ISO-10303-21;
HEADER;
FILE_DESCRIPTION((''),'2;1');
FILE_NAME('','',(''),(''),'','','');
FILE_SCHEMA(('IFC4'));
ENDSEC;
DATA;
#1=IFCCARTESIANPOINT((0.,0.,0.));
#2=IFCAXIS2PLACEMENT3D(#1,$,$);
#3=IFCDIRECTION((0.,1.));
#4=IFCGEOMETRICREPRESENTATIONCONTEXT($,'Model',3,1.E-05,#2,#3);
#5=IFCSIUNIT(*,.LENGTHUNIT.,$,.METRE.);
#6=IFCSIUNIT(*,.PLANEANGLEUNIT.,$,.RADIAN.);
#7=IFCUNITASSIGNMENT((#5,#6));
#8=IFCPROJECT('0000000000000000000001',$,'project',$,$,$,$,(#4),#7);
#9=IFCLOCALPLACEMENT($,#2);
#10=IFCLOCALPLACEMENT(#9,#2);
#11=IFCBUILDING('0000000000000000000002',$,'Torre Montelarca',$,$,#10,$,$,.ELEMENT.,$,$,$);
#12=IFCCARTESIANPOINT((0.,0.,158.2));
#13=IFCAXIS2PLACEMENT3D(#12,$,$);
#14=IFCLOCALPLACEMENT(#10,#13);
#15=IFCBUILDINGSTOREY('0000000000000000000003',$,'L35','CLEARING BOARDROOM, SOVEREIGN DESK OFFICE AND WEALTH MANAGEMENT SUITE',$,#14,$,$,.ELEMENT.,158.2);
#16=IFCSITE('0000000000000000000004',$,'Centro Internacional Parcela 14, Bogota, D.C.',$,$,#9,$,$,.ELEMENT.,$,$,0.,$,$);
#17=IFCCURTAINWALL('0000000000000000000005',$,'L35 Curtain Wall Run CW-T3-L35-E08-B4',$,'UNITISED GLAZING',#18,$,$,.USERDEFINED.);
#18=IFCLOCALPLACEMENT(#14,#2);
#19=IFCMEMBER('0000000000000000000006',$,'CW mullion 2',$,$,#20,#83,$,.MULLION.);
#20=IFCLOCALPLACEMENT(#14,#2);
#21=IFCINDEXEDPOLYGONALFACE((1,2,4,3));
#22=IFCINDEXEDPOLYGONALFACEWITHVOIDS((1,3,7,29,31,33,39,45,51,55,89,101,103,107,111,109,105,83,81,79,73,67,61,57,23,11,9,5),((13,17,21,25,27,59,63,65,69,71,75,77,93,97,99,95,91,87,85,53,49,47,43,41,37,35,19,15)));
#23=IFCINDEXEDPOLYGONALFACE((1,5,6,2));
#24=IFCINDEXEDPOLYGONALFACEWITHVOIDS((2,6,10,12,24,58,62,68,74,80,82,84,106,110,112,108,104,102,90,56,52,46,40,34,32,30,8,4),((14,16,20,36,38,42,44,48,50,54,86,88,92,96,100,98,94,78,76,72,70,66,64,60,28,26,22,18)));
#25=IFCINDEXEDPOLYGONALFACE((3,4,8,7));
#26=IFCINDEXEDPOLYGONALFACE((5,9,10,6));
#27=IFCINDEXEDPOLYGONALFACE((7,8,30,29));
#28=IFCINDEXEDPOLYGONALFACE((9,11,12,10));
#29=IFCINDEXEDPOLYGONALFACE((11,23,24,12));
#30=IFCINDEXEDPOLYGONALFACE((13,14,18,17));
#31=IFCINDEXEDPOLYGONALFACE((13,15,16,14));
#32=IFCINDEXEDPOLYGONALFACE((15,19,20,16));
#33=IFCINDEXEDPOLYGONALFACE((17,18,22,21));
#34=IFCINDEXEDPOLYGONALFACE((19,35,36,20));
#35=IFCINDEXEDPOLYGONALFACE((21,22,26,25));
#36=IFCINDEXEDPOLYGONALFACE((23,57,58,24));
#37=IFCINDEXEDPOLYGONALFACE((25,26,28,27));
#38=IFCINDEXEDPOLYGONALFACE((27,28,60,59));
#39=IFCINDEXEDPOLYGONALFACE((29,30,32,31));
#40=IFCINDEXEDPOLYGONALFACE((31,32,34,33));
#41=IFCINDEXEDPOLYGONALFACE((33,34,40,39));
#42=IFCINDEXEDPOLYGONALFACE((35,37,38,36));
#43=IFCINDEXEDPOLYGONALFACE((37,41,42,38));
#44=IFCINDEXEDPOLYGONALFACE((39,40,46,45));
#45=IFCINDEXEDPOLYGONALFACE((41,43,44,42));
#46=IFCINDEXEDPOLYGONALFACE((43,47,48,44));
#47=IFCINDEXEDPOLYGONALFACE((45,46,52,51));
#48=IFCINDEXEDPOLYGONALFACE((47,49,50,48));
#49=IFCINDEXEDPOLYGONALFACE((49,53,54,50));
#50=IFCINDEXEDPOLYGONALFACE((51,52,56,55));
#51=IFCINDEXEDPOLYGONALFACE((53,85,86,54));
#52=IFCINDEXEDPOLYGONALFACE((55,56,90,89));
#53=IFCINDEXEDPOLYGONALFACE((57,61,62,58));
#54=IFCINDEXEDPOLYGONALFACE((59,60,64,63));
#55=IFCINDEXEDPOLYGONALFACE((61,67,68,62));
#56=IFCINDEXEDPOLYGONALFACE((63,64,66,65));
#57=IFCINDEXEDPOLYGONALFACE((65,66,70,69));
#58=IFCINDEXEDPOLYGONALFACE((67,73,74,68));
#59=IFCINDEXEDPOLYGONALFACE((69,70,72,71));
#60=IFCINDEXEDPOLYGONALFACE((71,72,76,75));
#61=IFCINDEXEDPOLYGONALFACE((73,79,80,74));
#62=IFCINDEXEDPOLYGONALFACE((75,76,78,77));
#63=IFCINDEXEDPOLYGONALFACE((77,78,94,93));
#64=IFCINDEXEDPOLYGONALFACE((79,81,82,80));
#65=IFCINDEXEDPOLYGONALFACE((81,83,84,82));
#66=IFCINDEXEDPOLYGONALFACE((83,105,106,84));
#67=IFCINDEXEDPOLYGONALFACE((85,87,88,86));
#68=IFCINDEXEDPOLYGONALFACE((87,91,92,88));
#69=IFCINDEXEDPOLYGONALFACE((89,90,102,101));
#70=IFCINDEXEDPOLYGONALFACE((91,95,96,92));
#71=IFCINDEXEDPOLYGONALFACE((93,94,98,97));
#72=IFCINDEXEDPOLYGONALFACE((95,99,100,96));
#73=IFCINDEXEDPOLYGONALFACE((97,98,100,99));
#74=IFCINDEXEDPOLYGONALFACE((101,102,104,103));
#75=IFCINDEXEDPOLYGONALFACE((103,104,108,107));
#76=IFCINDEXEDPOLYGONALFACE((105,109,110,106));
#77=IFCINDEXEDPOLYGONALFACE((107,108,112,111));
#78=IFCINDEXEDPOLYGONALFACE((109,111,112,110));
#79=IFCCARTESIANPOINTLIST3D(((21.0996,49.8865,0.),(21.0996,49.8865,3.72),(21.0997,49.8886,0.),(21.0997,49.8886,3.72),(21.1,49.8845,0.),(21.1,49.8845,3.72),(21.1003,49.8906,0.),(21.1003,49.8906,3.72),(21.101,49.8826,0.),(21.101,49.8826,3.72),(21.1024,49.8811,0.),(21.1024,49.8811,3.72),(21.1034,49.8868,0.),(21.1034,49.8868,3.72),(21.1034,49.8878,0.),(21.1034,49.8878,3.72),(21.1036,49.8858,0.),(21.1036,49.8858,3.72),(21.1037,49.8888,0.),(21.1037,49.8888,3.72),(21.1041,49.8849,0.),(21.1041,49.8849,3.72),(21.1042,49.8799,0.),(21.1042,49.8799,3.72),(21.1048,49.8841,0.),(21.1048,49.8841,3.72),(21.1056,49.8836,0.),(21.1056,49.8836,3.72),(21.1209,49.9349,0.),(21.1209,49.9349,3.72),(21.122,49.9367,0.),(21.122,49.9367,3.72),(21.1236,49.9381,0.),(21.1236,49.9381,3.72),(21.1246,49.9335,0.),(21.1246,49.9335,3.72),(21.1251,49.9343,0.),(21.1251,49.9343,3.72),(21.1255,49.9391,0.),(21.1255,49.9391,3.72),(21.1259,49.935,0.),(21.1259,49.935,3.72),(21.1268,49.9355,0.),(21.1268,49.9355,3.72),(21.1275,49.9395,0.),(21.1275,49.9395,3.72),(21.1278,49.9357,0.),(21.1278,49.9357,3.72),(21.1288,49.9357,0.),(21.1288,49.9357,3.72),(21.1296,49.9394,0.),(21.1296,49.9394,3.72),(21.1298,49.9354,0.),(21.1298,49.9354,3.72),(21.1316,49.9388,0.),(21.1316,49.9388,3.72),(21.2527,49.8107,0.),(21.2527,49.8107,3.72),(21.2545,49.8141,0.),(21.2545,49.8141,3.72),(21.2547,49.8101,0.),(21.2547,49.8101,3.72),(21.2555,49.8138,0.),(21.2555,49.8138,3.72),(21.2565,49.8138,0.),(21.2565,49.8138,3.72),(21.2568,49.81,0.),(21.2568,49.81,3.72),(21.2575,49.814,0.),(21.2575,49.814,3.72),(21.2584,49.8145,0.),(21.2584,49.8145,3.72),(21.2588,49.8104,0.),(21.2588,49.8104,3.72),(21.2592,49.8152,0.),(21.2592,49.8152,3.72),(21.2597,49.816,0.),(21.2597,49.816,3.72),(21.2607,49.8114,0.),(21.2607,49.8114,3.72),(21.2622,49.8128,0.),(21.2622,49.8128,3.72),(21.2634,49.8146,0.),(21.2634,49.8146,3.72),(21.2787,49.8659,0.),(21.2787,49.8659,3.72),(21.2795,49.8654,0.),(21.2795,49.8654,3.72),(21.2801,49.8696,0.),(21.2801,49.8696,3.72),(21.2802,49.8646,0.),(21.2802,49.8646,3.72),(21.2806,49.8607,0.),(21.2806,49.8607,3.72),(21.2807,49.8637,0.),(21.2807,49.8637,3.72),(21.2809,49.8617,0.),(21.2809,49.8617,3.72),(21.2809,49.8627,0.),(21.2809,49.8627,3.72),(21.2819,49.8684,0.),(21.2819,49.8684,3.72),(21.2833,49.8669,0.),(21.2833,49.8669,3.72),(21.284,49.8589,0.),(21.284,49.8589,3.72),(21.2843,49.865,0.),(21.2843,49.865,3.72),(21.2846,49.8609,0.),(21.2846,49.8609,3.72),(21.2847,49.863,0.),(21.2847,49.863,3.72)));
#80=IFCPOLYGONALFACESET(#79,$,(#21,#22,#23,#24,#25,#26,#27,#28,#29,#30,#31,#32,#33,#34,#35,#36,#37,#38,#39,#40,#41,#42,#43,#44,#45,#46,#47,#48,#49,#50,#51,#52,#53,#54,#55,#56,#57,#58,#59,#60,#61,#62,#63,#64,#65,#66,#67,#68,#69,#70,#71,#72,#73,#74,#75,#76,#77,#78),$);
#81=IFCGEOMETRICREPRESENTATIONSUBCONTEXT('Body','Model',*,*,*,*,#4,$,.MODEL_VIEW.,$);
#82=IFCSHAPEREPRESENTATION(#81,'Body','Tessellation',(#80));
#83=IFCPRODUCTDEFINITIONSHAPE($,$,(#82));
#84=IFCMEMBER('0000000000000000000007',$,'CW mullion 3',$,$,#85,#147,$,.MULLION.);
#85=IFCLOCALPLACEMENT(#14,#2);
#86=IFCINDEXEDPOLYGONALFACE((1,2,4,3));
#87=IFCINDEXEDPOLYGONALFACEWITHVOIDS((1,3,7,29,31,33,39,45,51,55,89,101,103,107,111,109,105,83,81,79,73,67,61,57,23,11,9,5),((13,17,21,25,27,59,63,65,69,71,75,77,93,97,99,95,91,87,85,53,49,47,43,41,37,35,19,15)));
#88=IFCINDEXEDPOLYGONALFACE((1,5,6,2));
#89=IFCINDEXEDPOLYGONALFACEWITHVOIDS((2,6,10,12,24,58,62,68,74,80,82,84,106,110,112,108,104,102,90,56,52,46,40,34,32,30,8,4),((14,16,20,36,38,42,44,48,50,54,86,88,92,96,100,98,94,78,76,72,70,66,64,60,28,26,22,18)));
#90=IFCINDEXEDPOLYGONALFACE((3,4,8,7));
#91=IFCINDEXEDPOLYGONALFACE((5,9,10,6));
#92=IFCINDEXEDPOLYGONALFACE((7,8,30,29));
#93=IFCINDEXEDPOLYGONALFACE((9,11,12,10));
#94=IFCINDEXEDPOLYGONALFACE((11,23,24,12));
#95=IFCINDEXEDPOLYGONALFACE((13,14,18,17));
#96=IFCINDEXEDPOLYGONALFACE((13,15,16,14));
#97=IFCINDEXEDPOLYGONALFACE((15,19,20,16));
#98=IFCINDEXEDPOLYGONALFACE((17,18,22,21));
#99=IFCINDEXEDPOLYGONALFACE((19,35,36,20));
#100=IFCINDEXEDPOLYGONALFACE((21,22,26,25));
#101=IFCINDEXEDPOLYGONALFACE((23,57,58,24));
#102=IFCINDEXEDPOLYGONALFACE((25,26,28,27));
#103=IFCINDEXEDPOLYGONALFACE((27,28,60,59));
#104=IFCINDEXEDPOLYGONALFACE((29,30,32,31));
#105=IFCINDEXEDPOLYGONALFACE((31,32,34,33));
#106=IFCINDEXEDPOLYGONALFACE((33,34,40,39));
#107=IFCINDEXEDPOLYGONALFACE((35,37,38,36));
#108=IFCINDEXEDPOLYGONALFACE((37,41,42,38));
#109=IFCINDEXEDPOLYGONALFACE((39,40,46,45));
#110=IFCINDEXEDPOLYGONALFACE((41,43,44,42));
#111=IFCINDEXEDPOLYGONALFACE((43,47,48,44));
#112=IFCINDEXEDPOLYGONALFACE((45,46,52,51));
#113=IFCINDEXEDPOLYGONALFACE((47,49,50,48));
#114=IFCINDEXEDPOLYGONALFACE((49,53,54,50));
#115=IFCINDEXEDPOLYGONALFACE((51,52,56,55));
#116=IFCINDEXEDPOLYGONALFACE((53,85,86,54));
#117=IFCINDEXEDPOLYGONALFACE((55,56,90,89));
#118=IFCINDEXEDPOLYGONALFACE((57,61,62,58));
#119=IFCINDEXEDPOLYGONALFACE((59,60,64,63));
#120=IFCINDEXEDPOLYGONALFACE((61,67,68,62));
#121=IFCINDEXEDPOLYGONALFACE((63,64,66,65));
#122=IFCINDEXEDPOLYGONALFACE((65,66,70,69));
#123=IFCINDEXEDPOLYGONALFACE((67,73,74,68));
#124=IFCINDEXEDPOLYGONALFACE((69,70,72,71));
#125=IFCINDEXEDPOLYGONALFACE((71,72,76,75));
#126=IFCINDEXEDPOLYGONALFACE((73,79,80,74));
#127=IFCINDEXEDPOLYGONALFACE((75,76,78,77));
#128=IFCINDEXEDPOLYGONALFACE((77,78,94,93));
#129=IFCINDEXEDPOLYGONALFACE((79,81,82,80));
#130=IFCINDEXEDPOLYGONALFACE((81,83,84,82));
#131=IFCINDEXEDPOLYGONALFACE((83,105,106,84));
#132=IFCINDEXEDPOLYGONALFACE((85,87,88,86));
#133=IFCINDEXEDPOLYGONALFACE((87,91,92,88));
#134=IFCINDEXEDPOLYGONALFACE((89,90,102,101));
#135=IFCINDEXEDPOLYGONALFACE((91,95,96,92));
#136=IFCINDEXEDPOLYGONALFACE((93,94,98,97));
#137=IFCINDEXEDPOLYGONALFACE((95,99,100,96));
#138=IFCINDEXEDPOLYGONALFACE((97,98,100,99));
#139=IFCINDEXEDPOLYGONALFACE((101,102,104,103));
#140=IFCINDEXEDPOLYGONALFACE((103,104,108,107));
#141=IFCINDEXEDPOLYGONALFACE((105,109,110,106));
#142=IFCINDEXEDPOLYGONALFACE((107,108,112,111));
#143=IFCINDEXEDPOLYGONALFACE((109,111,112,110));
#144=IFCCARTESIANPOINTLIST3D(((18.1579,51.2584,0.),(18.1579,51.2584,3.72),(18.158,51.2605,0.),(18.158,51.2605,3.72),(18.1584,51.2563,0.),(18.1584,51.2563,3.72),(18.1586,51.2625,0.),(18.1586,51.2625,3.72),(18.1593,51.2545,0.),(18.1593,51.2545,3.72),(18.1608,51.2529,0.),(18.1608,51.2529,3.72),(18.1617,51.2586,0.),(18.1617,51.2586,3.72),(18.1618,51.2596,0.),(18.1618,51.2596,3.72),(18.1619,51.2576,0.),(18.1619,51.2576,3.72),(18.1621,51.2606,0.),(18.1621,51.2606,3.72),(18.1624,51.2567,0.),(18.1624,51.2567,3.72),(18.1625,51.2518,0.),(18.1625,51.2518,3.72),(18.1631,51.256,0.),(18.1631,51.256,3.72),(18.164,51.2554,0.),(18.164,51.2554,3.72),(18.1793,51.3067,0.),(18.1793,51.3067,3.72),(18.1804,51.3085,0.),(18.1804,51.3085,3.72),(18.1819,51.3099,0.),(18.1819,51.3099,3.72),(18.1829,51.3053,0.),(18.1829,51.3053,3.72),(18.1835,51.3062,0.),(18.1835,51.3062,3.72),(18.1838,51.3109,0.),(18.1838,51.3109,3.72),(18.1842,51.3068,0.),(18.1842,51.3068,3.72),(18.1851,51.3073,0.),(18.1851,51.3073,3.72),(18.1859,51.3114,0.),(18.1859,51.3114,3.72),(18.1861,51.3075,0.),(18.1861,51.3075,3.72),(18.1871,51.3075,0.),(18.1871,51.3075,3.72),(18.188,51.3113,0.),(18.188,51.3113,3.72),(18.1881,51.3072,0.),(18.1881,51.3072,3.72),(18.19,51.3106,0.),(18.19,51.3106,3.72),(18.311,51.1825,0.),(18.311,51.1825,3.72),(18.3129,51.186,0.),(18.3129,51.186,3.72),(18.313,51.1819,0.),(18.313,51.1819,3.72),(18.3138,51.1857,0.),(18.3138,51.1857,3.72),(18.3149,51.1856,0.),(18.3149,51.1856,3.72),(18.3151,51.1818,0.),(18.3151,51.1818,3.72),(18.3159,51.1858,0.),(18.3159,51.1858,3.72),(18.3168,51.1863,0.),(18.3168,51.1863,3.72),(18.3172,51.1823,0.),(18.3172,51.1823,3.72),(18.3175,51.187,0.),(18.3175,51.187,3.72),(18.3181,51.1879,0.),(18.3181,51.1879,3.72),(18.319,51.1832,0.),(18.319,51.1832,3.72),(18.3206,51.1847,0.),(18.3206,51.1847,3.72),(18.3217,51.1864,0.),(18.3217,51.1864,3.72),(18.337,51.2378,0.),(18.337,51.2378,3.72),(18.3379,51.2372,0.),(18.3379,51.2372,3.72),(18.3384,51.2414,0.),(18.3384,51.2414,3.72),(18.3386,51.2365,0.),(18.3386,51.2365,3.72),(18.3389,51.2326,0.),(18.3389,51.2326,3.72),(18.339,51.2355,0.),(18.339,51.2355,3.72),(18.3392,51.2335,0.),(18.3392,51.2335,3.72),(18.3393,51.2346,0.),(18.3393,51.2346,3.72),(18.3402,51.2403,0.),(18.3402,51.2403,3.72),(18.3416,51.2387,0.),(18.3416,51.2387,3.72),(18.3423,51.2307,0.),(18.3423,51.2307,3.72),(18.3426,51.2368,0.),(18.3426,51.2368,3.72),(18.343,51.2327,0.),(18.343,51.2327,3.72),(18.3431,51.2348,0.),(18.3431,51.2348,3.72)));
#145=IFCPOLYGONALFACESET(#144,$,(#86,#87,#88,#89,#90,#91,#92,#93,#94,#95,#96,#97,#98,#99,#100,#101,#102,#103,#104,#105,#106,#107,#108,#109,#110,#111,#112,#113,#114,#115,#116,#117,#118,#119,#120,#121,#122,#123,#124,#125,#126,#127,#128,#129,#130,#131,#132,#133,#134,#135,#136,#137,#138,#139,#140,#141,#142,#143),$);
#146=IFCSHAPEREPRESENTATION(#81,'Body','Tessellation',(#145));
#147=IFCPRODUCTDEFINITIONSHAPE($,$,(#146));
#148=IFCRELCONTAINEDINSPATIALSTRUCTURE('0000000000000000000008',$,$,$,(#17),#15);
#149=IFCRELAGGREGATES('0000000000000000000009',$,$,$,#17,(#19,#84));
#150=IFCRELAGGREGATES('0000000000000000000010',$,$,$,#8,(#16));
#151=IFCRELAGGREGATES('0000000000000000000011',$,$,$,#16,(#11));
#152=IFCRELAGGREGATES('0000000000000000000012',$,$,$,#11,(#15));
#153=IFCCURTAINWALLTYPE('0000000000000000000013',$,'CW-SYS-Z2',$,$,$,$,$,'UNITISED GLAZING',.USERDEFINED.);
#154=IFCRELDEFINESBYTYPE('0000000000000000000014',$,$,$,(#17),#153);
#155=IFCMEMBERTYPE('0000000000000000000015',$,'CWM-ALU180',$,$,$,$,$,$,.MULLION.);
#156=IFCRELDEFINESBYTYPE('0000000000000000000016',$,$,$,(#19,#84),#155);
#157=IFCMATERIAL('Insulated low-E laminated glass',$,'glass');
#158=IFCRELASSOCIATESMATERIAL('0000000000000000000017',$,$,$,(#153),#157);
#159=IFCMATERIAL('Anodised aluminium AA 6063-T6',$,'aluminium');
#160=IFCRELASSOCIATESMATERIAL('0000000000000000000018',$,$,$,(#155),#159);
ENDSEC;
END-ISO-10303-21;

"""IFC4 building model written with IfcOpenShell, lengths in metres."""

from ifc_helpers import new_model, si_unit, direction, frame, origin, origin_2d, place, context, subcontext, project, spatial, hollow_rectangle, extrude, source, transform, mapped, material, material_profile, profile_set, type_object, element, aggregate, save


model = new_model("IFC4")

# Units and contexts
model_context = context("Model", 3, precision=1e-05, world=origin(), true_north=direction((0.0, 1.0)))
body_context = subcontext(model_context, "Body", "Model", "MODEL_VIEW")
ifc_project = project(units=[si_unit("LENGTHUNIT", "METRE"), si_unit("PLANEANGLEUNIT", "RADIAN")], contexts=[model_context])

# Site, building, storey
site_placement = place(None, origin())
site = spatial("IfcSite", under=ifc_project, at=site_placement, Name="Centro Internacional Parcela 14, Bogota, D.C.", CompositionType="ELEMENT", RefElevation=0.0)
building_placement = place(site_placement, origin())
building = spatial("IfcBuilding", under=site, at=building_placement, Name="Torre Montelarca", CompositionType="ELEMENT")
storey_placement = place(building_placement, frame((0.0, 0.0, 158.2)))
storey = spatial("IfcBuildingStorey", under=building, at=storey_placement, Name="L35", Description="CLEARING BOARDROOM, SOVEREIGN DESK OFFICE AND WEALTH MANAGEMENT SUITE", CompositionType="ELEMENT", Elevation=158.2)

# Curtain wall, members
ifc_material_1 = material(Name="Insulated low-E laminated glass", Category="glass")
curtain_wall_type = type_object("IfcCurtainWallType", Name="CW-SYS-Z2", ElementType="UNITISED GLAZING", PredefinedType="USERDEFINED", material=ifc_material_1)
ifc_material_2 = material(Name="Anodised aluminium AA 6063-T6", Category="aluminium")
curtain_wall_1_placement = place(storey_placement, origin())
curtain_wall_1 = element("IfcCurtainWall", 1, at=curtain_wall_1_placement, inside=storey, type_object=curtain_wall_type, Name="L35 Curtain Wall Run CW-T3-L35-E08-B4", ObjectType="UNITISED GLAZING", PredefinedType="USERDEFINED")
ifc_material_profile_1 = material_profile(ifc_material_2, hollow_rectangle(XDim=0.0649, YDim=0.1799, WallThickness=0.0039, InnerFilletRadius=0.0039, OuterFilletRadius=0.0081, at=origin_2d()), Name="ALU65X180X4", Category="aluminium")
ifc_profile_set_1 = profile_set([ifc_material_profile_1], Name="Anodised aluminium AA 6063-T6")
member_type_1 = type_object("IfcMemberType", Name="CWM-ALU180", PredefinedType="MULLION", material=ifc_profile_set_1)
shared_shape_1 = source(origin(), body_context, "Body", "SweptSolid", [
    extrude(hollow_rectangle(XDim=0.0649, YDim=0.1799, WallThickness=0.0039, InnerFilletRadius=0.0039, OuterFilletRadius=0.0081, at=origin_2d()), origin(), (0.0, 0.0, 1.0), 3.72),
])
member_1_placement = place(storey_placement, frame((21.1921, 49.8748, 0.0), z_axis=(0.0, 0.0, 1.0), x_axis=(-0.422613, -0.90631, 0.0)))
member_1 = element("IfcMember", 2, at=member_1_placement, type_object=member_type_1, Name="CW mullion 2", PredefinedType="MULLION", context=body_context, shape_type="MappedRepresentation", body=[
    mapped(shared_shape_1, transform((0.0, 0.0, 0.0), scale=1.0)),
])
member_2_placement = place(storey_placement, frame((18.2505, 51.2466, 0.0), z_axis=(0.0, 0.0, 1.0), x_axis=(-0.422613, -0.90631, 0.0)))
member_2 = element("IfcMember", 3, at=member_2_placement, type_object=member_type_1, Name="CW mullion 3", PredefinedType="MULLION", context=body_context, shape_type="MappedRepresentation", body=[
    mapped(shared_shape_1, transform((0.0, 0.0, 0.0), scale=1.0)),
])

aggregate(curtain_wall_1, [member_1, member_2])

save(model, "model.ifc")
